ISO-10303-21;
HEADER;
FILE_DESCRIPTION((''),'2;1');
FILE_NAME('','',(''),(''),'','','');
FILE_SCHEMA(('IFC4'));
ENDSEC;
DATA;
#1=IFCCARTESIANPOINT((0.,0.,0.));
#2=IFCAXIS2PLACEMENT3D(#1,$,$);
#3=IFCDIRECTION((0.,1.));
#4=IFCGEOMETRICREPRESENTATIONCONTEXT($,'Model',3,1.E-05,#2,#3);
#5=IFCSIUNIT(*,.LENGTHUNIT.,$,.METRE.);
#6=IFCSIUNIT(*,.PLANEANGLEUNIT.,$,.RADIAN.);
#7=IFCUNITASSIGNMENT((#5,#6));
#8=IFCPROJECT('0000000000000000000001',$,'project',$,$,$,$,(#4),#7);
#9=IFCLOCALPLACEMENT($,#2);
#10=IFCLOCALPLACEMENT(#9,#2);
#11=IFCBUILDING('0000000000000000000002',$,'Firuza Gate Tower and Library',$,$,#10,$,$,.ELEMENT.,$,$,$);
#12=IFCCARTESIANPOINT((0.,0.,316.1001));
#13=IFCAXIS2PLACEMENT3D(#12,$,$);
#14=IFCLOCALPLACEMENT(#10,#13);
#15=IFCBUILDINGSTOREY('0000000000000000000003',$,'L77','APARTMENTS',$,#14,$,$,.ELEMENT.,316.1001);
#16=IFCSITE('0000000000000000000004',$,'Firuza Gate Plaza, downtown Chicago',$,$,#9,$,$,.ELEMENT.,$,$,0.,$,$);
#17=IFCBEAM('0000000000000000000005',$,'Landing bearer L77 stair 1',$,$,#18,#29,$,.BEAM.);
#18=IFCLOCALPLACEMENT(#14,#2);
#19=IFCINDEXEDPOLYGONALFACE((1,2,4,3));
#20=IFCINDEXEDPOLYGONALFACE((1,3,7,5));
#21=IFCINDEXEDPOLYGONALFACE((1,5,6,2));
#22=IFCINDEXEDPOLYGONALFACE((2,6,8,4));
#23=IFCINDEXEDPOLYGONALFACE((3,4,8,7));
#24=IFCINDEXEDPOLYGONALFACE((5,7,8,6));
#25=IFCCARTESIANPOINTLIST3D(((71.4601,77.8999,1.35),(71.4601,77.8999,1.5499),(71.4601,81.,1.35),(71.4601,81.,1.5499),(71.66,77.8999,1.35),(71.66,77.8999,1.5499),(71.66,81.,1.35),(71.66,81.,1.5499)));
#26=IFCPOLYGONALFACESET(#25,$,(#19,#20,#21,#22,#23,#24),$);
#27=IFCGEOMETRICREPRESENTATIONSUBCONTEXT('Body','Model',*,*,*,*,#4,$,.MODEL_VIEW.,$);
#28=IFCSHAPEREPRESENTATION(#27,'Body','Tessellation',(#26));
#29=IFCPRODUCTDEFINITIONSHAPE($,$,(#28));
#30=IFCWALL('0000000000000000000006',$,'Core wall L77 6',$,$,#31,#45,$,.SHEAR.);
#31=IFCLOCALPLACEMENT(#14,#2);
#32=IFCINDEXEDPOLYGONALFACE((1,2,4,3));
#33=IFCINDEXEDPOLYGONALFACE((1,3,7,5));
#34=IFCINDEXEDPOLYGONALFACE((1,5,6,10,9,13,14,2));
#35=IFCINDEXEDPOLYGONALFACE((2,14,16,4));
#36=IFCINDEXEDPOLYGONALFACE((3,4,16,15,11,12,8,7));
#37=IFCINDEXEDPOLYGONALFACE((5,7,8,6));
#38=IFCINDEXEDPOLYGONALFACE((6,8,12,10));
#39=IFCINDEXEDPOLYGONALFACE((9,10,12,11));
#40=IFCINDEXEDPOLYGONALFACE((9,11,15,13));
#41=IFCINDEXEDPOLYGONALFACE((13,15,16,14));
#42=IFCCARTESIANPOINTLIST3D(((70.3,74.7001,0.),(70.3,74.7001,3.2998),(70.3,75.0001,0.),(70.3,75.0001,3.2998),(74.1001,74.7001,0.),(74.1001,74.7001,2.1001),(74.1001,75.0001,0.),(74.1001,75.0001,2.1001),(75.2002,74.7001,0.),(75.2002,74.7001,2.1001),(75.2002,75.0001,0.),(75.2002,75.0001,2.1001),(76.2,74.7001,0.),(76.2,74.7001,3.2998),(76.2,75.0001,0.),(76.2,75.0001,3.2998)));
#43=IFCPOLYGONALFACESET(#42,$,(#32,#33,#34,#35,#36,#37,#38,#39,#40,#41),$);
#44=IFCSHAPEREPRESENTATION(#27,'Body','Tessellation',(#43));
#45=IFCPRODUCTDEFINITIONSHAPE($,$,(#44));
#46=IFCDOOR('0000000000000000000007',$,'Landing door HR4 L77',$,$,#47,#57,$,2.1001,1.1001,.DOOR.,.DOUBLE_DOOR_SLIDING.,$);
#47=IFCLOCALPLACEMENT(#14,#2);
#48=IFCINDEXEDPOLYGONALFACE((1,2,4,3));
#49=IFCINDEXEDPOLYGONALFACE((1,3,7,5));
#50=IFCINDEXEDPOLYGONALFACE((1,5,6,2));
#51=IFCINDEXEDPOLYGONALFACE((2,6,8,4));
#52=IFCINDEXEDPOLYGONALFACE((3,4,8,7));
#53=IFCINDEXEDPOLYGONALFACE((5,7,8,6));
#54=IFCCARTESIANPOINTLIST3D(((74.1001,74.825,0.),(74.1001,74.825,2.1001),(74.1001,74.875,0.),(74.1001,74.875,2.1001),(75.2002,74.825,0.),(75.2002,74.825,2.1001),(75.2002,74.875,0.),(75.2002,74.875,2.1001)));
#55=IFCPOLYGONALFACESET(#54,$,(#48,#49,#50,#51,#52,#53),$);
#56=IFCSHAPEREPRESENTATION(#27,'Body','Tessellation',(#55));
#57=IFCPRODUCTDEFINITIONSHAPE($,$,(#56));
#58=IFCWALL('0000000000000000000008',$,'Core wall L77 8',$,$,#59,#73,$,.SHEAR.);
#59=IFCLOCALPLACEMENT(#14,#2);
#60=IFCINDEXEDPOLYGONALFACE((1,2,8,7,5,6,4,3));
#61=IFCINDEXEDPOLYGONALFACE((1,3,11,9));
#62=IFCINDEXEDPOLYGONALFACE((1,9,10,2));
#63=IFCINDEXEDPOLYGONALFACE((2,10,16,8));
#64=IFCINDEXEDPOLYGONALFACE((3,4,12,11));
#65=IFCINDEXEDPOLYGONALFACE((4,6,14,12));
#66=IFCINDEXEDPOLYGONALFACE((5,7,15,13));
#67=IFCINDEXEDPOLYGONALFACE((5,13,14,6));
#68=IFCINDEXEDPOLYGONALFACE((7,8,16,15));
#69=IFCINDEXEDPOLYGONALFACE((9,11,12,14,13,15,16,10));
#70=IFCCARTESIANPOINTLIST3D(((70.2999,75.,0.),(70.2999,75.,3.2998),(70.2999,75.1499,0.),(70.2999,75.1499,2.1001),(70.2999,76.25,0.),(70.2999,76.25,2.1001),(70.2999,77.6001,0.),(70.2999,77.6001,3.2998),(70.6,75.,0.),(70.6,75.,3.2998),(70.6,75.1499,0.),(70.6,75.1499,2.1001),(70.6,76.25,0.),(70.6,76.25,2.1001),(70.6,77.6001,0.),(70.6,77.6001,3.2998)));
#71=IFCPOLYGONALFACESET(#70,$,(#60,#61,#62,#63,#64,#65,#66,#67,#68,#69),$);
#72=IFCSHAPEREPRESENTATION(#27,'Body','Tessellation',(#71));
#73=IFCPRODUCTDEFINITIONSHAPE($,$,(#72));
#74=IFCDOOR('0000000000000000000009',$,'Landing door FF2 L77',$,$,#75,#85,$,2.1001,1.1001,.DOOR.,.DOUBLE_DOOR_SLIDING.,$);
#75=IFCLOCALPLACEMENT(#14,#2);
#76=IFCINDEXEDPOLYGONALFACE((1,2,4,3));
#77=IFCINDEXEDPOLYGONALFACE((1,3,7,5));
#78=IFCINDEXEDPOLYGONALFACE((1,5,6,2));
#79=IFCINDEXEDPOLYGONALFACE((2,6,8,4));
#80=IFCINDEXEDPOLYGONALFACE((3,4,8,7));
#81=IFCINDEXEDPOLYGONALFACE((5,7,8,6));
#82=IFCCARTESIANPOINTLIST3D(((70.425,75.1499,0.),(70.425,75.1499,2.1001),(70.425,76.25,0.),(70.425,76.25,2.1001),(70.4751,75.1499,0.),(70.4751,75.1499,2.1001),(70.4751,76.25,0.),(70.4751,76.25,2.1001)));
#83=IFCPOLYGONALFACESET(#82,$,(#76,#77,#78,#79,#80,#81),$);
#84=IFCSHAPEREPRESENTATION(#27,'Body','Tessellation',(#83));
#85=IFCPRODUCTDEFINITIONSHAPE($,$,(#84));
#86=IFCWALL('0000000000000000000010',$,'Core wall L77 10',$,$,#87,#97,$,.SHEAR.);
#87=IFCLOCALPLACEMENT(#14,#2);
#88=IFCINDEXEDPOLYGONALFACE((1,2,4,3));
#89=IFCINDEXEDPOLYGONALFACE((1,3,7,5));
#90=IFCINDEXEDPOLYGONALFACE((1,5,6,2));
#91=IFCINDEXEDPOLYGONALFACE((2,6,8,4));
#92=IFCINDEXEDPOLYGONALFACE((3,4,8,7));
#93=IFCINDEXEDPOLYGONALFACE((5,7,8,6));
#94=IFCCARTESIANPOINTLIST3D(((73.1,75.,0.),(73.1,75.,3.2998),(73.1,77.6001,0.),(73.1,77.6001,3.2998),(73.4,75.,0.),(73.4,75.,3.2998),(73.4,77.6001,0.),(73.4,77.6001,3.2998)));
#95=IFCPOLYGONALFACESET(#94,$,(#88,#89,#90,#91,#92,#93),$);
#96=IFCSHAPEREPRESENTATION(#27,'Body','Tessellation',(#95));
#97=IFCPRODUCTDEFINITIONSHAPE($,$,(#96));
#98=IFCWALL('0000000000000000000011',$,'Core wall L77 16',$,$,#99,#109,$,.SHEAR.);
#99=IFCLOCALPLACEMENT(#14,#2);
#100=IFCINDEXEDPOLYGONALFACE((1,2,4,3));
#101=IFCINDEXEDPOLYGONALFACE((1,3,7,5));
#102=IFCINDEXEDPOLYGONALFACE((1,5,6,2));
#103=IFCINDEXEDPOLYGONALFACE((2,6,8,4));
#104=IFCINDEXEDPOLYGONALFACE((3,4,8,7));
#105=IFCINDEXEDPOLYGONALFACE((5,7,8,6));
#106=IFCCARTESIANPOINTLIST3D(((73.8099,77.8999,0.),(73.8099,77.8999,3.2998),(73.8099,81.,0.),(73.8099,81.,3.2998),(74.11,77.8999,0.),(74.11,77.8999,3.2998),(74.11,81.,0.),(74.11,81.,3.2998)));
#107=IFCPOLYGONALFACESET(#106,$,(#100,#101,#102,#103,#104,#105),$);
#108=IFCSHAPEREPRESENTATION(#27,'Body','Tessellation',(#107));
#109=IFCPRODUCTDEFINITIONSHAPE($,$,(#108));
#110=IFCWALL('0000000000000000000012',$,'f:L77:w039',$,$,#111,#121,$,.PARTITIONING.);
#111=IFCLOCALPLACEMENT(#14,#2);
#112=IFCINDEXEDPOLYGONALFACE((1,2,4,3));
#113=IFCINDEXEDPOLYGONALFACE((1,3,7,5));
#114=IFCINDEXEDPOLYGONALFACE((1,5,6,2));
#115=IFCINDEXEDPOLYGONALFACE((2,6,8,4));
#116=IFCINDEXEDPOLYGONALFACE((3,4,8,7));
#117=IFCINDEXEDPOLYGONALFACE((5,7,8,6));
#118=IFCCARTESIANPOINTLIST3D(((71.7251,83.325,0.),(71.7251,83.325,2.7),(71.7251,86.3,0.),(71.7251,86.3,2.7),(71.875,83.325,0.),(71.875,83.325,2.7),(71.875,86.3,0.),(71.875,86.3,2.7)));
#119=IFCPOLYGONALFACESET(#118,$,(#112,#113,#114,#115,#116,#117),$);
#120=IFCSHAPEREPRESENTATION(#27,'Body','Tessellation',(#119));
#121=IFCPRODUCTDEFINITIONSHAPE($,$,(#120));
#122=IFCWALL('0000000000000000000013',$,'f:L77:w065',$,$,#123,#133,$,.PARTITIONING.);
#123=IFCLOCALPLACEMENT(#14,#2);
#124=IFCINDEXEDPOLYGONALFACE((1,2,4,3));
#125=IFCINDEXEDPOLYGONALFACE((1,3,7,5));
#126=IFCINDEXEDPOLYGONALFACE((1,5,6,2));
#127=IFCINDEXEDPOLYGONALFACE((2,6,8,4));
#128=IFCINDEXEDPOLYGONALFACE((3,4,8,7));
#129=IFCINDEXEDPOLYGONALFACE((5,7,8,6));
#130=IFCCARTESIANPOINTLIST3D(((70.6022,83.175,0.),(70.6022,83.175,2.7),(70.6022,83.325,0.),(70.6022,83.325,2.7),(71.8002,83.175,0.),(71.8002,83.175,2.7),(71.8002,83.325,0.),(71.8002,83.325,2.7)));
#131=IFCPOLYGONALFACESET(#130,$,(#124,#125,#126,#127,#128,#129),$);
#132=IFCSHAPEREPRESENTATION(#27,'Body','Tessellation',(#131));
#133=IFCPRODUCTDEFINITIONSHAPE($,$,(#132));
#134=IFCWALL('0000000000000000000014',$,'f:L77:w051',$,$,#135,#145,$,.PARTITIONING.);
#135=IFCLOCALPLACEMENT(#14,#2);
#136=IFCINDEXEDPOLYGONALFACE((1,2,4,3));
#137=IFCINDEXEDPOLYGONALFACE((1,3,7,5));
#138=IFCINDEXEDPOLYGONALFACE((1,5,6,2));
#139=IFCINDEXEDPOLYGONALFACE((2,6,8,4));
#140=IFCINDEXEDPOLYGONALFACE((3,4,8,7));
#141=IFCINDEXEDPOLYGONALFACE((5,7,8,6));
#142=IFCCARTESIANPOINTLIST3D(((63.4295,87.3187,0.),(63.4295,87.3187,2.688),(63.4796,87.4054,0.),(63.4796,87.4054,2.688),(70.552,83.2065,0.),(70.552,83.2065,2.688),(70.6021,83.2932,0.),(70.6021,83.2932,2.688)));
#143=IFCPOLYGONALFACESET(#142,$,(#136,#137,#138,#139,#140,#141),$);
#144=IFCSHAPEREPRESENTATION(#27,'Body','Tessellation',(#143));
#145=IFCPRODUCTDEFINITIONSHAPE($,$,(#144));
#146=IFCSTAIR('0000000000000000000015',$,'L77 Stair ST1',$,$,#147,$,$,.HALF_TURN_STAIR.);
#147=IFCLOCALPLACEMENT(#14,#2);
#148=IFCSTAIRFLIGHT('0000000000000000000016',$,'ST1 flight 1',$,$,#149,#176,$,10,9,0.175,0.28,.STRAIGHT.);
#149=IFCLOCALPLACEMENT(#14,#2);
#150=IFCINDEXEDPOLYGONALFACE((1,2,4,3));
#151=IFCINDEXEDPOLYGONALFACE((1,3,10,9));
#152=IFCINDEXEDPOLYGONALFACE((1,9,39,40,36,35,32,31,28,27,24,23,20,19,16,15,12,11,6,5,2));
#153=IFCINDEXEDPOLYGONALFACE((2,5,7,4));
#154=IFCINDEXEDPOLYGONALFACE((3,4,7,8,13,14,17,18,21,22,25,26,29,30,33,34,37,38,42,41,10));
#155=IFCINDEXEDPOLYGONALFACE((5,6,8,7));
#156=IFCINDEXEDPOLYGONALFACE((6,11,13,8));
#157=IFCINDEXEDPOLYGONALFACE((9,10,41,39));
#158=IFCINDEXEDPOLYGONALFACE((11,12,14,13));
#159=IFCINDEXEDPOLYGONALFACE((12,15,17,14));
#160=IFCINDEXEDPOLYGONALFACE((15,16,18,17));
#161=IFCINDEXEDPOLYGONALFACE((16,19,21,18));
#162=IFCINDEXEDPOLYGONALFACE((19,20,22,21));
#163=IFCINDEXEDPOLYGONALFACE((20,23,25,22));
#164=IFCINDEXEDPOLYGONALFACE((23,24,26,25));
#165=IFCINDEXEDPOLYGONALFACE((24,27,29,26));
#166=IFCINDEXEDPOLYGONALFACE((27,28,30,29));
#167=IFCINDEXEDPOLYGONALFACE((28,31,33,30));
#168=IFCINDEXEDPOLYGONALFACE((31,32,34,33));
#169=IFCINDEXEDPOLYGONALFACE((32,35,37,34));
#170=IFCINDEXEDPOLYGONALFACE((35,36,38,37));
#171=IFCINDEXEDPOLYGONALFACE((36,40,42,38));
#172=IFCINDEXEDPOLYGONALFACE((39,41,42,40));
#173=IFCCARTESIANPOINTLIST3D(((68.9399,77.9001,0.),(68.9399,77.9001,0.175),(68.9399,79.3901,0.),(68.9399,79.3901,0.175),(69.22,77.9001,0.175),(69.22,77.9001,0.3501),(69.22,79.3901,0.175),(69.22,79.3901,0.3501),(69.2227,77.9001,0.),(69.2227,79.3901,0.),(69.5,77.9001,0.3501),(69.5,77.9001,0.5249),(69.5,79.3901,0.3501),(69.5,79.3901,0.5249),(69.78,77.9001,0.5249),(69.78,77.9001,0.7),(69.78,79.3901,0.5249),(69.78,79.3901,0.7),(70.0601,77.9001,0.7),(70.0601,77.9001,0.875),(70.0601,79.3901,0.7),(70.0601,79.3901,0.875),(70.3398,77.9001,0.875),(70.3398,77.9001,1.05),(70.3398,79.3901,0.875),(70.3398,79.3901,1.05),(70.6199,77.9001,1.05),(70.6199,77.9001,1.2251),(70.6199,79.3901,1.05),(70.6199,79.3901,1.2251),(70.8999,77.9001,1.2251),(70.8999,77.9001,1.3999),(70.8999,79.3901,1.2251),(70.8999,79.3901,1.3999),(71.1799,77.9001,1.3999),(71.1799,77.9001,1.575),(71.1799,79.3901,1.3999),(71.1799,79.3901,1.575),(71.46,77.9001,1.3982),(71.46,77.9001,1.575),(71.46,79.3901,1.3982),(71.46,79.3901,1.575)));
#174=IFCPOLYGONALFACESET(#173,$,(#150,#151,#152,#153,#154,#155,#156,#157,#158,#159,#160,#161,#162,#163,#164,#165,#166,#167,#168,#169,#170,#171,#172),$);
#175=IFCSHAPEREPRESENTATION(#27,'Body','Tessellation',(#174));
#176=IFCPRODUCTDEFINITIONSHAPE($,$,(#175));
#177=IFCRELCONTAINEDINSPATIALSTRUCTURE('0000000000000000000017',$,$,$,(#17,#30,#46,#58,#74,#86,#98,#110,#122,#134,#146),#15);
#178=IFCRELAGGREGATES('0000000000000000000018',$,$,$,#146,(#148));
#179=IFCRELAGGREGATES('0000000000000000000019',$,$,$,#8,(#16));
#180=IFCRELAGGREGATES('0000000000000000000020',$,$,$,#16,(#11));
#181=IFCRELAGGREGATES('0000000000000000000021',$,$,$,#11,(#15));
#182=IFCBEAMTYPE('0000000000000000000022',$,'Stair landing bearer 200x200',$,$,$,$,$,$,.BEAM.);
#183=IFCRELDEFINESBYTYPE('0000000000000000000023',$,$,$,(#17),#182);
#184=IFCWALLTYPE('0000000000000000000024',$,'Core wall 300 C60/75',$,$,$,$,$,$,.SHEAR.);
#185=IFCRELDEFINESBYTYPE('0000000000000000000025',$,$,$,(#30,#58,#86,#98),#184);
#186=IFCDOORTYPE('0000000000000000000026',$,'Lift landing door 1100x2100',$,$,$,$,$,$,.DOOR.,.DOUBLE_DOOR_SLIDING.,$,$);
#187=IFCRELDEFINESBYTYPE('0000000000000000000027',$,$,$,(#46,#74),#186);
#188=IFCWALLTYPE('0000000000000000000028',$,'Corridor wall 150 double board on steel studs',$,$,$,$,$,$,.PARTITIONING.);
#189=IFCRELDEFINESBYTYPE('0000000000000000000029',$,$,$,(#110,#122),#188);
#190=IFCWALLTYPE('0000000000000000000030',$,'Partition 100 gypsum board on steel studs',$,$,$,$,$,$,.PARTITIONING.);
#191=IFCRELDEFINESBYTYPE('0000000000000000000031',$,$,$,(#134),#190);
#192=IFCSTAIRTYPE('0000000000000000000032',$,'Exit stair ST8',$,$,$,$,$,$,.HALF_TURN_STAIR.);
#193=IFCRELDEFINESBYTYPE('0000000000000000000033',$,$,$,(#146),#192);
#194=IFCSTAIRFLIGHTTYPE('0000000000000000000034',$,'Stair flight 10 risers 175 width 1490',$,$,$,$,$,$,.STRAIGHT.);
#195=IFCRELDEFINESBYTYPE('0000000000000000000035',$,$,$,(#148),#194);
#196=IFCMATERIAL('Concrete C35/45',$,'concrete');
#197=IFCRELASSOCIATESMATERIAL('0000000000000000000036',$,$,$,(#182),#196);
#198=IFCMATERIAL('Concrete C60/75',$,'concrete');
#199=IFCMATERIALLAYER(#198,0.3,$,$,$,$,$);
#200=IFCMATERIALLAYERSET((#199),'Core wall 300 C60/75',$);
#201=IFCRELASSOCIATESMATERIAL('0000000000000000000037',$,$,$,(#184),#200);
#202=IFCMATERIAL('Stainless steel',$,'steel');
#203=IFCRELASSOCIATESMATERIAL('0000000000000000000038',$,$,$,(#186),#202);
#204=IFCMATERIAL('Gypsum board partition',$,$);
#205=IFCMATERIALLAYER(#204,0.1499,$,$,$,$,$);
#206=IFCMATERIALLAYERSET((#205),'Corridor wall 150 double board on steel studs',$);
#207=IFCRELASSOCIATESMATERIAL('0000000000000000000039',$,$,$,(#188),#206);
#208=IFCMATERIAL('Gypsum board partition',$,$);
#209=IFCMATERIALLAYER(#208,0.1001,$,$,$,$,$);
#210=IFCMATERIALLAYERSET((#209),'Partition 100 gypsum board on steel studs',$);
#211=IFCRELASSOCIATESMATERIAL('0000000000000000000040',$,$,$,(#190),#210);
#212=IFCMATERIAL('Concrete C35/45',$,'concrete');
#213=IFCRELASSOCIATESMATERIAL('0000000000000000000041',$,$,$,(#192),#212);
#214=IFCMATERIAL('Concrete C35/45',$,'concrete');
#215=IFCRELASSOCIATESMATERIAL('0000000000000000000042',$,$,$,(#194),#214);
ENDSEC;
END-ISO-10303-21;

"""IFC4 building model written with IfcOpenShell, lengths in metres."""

from ifc_helpers import new_model, si_unit, direction, frame, frame_2d, origin, origin_2d, place, context, subcontext, project, spatial, polyline, rectangle, outline, extrude, material, layer, layer_set, material_profile, profile_set, type_object, element, fill, aggregate, save


model = new_model("IFC4")

# Units and contexts
model_context = context("Model", 3, precision=1e-05, world=origin(), true_north=direction((0.0, 1.0)))
body_context = subcontext(model_context, "Body", "Model", "MODEL_VIEW")
ifc_project = project(units=[si_unit("LENGTHUNIT", "METRE"), si_unit("PLANEANGLEUNIT", "RADIAN")], contexts=[model_context])

# Site, building, storey
site_placement = place(None, origin())
site = spatial("IfcSite", under=ifc_project, at=site_placement, Name="Firuza Gate Plaza, downtown Chicago", CompositionType="ELEMENT", RefElevation=0.0)
building_placement = place(site_placement, origin())
building = spatial("IfcBuilding", under=site, at=building_placement, Name="Firuza Gate Tower and Library", CompositionType="ELEMENT")
storey_placement = place(building_placement, frame((0.0, 0.0, 316.1001)))
storey = spatial("IfcBuildingStorey", under=building, at=storey_placement, Name="L77", Description="APARTMENTS", CompositionType="ELEMENT", Elevation=316.1001)

# Beam
ifc_material_1 = material(Name="Concrete C35/45", Category="concrete")
ifc_material_profile = material_profile(ifc_material_1, rectangle(XDim=0.2, YDim=0.2, at=origin_2d()))
ifc_profile_set = profile_set([ifc_material_profile], Name="Concrete C35/45")
beam_type = type_object("IfcBeamType", Name="Stair landing bearer 200x200", PredefinedType="BEAM", material=ifc_profile_set)
beam_placement = place(storey_placement, frame((71.5601, 77.8999, 1.45), z_axis=(0.0, 1.0, 0.0), x_axis=(-1.0, 0.0, 0.0)))
element("IfcBeam", 1, at=beam_placement, inside=storey, type_object=beam_type, Name="Landing bearer L77 stair 1", PredefinedType="BEAM", context=body_context, shape_type="SweptSolid", body=[
    extrude(rectangle(XDim=0.2, YDim=0.2, at=origin_2d()), origin(), (0.0, 0.0, 1.0), 3.1001),
])

# Walls, openings, doors
ifc_material_2 = material(Name="Concrete C60/75", Category="concrete")
ifc_layer_1 = layer(ifc_material_2, 0.3)
ifc_layer_set_1 = layer_set([ifc_layer_1], Name="Core wall 300 C60/75")
wall_type_1 = type_object("IfcWallType", Name="Core wall 300 C60/75", PredefinedType="SHEAR", material=ifc_layer_set_1)
wall_1_placement = place(storey_placement, frame((70.3, 74.8501, 0.0), z_axis=(0.0, 0.0, 1.0), x_axis=(1.0, 0.0, 0.0)))
wall_1 = element("IfcWall", 2, at=wall_1_placement, inside=storey, type_object=wall_type_1, Name="Core wall L77 6", PredefinedType="SHEAR", context=body_context, shape_type="SweptSolid", body=[
    extrude(rectangle(XDim=5.8999, YDim=0.3, at=frame_2d((2.95, 0.0))), origin(), (0.0, 0.0, 1.0), 3.2998),
])
opening_1_placement = place(wall_1_placement, frame((3.8, 0.0, 0.0)))
opening_1 = element("IfcOpeningElement", 3, at=opening_1_placement, cuts=wall_1, PredefinedType="OPENING", context=body_context, shape_type="SweptSolid", body=[
    extrude(rectangle(XDim=1.1001, YDim=2.1001, at=frame_2d((0.55, 1.05))), frame((0.0, 0.1602, 0.0), z_axis=(0.0, -1.0, 0.0), x_axis=(1.0, 0.0, 0.0)), (0.0, 0.0, 1.0), 0.3201),
])
ifc_material_3 = material(Name="Stainless steel", Category="steel")
door_type = type_object("IfcDoorType", Name="Lift landing door 1100x2100", OperationType="DOUBLE_DOOR_SLIDING", PredefinedType="DOOR", material=ifc_material_3)
door_1_placement = place(opening_1_placement, origin())
door_1 = element("IfcDoor", 4, at=door_1_placement, inside=storey, type_object=door_type, Name="Landing door HR4 L77", OperationType="DOUBLE_DOOR_SLIDING", OverallHeight=2.1001, OverallWidth=1.1001, PredefinedType="DOOR", context=body_context, shape_type="SweptSolid", body=[
    extrude(rectangle(XDim=1.1001, YDim=2.1001, at=frame_2d((0.55, 1.05))), frame((0.0, 0.0249, 0.0), z_axis=(0.0, -1.0, 0.0), x_axis=(1.0, 0.0, 0.0)), (0.0, 0.0, 1.0), 0.05),
])
fill(opening_1, door_1)
wall_2_placement = place(storey_placement, frame((70.45, 75.0, 0.0), z_axis=(0.0, 0.0, 1.0), x_axis=(0.0, 1.0, 0.0)))
wall_2 = element("IfcWall", 5, at=wall_2_placement, inside=storey, type_object=wall_type_1, Name="Core wall L77 8", PredefinedType="SHEAR", context=body_context, shape_type="SweptSolid", body=[
    extrude(rectangle(XDim=2.6001, YDim=0.3, at=frame_2d((1.3, 0.0))), origin(), (0.0, 0.0, 1.0), 3.2998),
])
opening_2_placement = place(wall_2_placement, frame((0.1499, 0.0, 0.0)))
opening_2 = element("IfcOpeningElement", 6, at=opening_2_placement, cuts=wall_2, PredefinedType="OPENING", context=body_context, shape_type="SweptSolid", body=[
    extrude(rectangle(XDim=1.1001, YDim=2.1001, at=frame_2d((0.55, 1.05))), frame((0.0, 0.1602, 0.0), z_axis=(0.0, -1.0, 0.0), x_axis=(1.0, 0.0, 0.0)), (0.0, 0.0, 1.0), 0.3201),
])
door_2_placement = place(opening_2_placement, origin())
door_2 = element("IfcDoor", 7, at=door_2_placement, inside=storey, type_object=door_type, Name="Landing door FF2 L77", OperationType="DOUBLE_DOOR_SLIDING", OverallHeight=2.1001, OverallWidth=1.1001, PredefinedType="DOOR", context=body_context, shape_type="SweptSolid", body=[
    extrude(rectangle(XDim=1.1001, YDim=2.1001, at=frame_2d((0.55, 1.05))), frame((0.0, 0.0249, 0.0), z_axis=(0.0, -1.0, 0.0), x_axis=(1.0, 0.0, 0.0)), (0.0, 0.0, 1.0), 0.05),
])
fill(opening_2, door_2)

# Walls
wall_3_placement = place(storey_placement, frame((73.25, 75.0, 0.0), z_axis=(0.0, 0.0, 1.0), x_axis=(0.0, 1.0, 0.0)))
element("IfcWall", 8, at=wall_3_placement, inside=storey, type_object=wall_type_1, Name="Core wall L77 10", PredefinedType="SHEAR", context=body_context, shape_type="SweptSolid", body=[
    extrude(rectangle(XDim=2.6001, YDim=0.3, at=frame_2d((1.3, 0.0))), origin(), (0.0, 0.0, 1.0), 3.2998),
])
wall_4_placement = place(storey_placement, frame((73.96, 77.8999, 0.0), z_axis=(0.0, 0.0, 1.0), x_axis=(0.0, 1.0, 0.0)))
element("IfcWall", 9, at=wall_4_placement, inside=storey, type_object=wall_type_1, Name="Core wall L77 16", PredefinedType="SHEAR", context=body_context, shape_type="SweptSolid", body=[
    extrude(rectangle(XDim=3.1001, YDim=0.3, at=frame_2d((1.55, 0.0))), origin(), (0.0, 0.0, 1.0), 3.2998),
])
ifc_material_4 = material(Name="Gypsum board partition")
ifc_layer_2 = layer(ifc_material_4, 0.1499)
ifc_layer_set_2 = layer_set([ifc_layer_2], Name="Corridor wall 150 double board on steel studs")
wall_type_2 = type_object("IfcWallType", Name="Corridor wall 150 double board on steel studs", PredefinedType="PARTITIONING", material=ifc_layer_set_2)
wall_5_placement = place(storey_placement, frame((71.8, 83.325, 0.0), z_axis=(0.0, 0.0, 1.0), x_axis=(0.0, 1.0, 0.0)))
element("IfcWall", 10, at=wall_5_placement, inside=storey, type_object=wall_type_2, Name="f:L77:w039", PredefinedType="PARTITIONING", context=body_context, shape_type="SweptSolid", body=[
    extrude(rectangle(XDim=2.9751, YDim=0.1499, at=frame_2d((1.4875, 0.0))), origin(), (0.0, 0.0, 1.0), 2.7),
])
wall_6_placement = place(storey_placement, frame((70.6021, 83.25, 0.0), z_axis=(0.0, 0.0, 1.0), x_axis=(1.0, 0.0, 0.0)))
element("IfcWall", 11, at=wall_6_placement, inside=storey, type_object=wall_type_2, Name="f:L77:w065", PredefinedType="PARTITIONING", context=body_context, shape_type="SweptSolid", body=[
    extrude(rectangle(XDim=1.198, YDim=0.1499, at=frame_2d((0.5991, 0.0))), origin(), (0.0, 0.0, 1.0), 2.7),
])
ifc_material_5 = material(Name="Gypsum board partition")
ifc_layer_3 = layer(ifc_material_5, 0.1001)
ifc_layer_set_3 = layer_set([ifc_layer_3], Name="Partition 100 gypsum board on steel studs")
wall_type_3 = type_object("IfcWallType", Name="Partition 100 gypsum board on steel studs", PredefinedType="PARTITIONING", material=ifc_layer_set_3)
wall_7_placement = place(storey_placement, frame((70.5771, 83.2498, 0.0), z_axis=(0.0, 0.0, 1.0), x_axis=(-0.86602, 0.500009, 0.0)))
element("IfcWall", 12, at=wall_7_placement, inside=storey, type_object=wall_type_3, Name="f:L77:w051", PredefinedType="PARTITIONING", context=body_context, shape_type="SweptSolid", body=[
    extrude(rectangle(XDim=8.2244, YDim=0.1001, at=frame_2d((4.1123, 0.0))), origin(), (0.0, 0.0, 1.0), 2.688),
])

# Stair, stair flight
ifc_material_6 = material(Name="Concrete C35/45", Category="concrete")
stair_type = type_object("IfcStairType", Name="Exit stair ST8", PredefinedType="HALF_TURN_STAIR", material=ifc_material_6)
stair_placement = place(storey_placement, origin())
stair = element("IfcStair", 13, at=stair_placement, inside=storey, type_object=stair_type, Name="L77 Stair ST1", PredefinedType="HALF_TURN_STAIR")
ifc_material_7 = material(Name="Concrete C35/45", Category="concrete")
stair_flight_type = type_object("IfcStairFlightType", Name="Stair flight 10 risers 175 width 1490", PredefinedType="STRAIGHT", material=ifc_material_7)
stair_flight_1_placement = place(storey_placement, frame((68.9399, 78.645, 0.0), z_axis=(0.0, 0.0, 1.0), x_axis=(1.0, 0.0, 0.0)))
stair_flight_1 = element("IfcStairFlight", 14, at=stair_flight_1_placement, type_object=stair_flight_type, Name="ST1 flight 1", NumberOfRisers=10, NumberOfTreads=9, PredefinedType="STRAIGHT", RiserHeight=0.175, TreadLength=0.28, context=body_context, shape_type="SweptSolid", body=[
    extrude(outline(polyline([(0.0, 0.0), (0.0, 0.175), (0.28, 0.175), (0.28, 0.3501), (0.5601, 0.3501), (0.5601, 0.5249), (0.8401, 0.5249), (0.8401, 0.7), (1.1201, 0.7), (1.1201, 0.875), (1.3999, 0.875), (1.3999, 1.05), (1.6799, 1.05), (1.6799, 1.2251), (1.96, 1.2251), (1.96, 1.3999), (2.24, 1.3999), (2.24, 1.575), (2.52, 1.575), (2.52, 1.75), (2.52, 1.3982), (0.2827, 0.0), (0.0, 0.0)])), frame((0.0, 0.7451, 0.0), z_axis=(0.0, -1.0, 0.0), x_axis=(1.0, 0.0, 0.0)), (0.0, 0.0, 1.0), 1.49),
])
aggregate(stair, [stair_flight_1])

save(model, "model.ifc")
